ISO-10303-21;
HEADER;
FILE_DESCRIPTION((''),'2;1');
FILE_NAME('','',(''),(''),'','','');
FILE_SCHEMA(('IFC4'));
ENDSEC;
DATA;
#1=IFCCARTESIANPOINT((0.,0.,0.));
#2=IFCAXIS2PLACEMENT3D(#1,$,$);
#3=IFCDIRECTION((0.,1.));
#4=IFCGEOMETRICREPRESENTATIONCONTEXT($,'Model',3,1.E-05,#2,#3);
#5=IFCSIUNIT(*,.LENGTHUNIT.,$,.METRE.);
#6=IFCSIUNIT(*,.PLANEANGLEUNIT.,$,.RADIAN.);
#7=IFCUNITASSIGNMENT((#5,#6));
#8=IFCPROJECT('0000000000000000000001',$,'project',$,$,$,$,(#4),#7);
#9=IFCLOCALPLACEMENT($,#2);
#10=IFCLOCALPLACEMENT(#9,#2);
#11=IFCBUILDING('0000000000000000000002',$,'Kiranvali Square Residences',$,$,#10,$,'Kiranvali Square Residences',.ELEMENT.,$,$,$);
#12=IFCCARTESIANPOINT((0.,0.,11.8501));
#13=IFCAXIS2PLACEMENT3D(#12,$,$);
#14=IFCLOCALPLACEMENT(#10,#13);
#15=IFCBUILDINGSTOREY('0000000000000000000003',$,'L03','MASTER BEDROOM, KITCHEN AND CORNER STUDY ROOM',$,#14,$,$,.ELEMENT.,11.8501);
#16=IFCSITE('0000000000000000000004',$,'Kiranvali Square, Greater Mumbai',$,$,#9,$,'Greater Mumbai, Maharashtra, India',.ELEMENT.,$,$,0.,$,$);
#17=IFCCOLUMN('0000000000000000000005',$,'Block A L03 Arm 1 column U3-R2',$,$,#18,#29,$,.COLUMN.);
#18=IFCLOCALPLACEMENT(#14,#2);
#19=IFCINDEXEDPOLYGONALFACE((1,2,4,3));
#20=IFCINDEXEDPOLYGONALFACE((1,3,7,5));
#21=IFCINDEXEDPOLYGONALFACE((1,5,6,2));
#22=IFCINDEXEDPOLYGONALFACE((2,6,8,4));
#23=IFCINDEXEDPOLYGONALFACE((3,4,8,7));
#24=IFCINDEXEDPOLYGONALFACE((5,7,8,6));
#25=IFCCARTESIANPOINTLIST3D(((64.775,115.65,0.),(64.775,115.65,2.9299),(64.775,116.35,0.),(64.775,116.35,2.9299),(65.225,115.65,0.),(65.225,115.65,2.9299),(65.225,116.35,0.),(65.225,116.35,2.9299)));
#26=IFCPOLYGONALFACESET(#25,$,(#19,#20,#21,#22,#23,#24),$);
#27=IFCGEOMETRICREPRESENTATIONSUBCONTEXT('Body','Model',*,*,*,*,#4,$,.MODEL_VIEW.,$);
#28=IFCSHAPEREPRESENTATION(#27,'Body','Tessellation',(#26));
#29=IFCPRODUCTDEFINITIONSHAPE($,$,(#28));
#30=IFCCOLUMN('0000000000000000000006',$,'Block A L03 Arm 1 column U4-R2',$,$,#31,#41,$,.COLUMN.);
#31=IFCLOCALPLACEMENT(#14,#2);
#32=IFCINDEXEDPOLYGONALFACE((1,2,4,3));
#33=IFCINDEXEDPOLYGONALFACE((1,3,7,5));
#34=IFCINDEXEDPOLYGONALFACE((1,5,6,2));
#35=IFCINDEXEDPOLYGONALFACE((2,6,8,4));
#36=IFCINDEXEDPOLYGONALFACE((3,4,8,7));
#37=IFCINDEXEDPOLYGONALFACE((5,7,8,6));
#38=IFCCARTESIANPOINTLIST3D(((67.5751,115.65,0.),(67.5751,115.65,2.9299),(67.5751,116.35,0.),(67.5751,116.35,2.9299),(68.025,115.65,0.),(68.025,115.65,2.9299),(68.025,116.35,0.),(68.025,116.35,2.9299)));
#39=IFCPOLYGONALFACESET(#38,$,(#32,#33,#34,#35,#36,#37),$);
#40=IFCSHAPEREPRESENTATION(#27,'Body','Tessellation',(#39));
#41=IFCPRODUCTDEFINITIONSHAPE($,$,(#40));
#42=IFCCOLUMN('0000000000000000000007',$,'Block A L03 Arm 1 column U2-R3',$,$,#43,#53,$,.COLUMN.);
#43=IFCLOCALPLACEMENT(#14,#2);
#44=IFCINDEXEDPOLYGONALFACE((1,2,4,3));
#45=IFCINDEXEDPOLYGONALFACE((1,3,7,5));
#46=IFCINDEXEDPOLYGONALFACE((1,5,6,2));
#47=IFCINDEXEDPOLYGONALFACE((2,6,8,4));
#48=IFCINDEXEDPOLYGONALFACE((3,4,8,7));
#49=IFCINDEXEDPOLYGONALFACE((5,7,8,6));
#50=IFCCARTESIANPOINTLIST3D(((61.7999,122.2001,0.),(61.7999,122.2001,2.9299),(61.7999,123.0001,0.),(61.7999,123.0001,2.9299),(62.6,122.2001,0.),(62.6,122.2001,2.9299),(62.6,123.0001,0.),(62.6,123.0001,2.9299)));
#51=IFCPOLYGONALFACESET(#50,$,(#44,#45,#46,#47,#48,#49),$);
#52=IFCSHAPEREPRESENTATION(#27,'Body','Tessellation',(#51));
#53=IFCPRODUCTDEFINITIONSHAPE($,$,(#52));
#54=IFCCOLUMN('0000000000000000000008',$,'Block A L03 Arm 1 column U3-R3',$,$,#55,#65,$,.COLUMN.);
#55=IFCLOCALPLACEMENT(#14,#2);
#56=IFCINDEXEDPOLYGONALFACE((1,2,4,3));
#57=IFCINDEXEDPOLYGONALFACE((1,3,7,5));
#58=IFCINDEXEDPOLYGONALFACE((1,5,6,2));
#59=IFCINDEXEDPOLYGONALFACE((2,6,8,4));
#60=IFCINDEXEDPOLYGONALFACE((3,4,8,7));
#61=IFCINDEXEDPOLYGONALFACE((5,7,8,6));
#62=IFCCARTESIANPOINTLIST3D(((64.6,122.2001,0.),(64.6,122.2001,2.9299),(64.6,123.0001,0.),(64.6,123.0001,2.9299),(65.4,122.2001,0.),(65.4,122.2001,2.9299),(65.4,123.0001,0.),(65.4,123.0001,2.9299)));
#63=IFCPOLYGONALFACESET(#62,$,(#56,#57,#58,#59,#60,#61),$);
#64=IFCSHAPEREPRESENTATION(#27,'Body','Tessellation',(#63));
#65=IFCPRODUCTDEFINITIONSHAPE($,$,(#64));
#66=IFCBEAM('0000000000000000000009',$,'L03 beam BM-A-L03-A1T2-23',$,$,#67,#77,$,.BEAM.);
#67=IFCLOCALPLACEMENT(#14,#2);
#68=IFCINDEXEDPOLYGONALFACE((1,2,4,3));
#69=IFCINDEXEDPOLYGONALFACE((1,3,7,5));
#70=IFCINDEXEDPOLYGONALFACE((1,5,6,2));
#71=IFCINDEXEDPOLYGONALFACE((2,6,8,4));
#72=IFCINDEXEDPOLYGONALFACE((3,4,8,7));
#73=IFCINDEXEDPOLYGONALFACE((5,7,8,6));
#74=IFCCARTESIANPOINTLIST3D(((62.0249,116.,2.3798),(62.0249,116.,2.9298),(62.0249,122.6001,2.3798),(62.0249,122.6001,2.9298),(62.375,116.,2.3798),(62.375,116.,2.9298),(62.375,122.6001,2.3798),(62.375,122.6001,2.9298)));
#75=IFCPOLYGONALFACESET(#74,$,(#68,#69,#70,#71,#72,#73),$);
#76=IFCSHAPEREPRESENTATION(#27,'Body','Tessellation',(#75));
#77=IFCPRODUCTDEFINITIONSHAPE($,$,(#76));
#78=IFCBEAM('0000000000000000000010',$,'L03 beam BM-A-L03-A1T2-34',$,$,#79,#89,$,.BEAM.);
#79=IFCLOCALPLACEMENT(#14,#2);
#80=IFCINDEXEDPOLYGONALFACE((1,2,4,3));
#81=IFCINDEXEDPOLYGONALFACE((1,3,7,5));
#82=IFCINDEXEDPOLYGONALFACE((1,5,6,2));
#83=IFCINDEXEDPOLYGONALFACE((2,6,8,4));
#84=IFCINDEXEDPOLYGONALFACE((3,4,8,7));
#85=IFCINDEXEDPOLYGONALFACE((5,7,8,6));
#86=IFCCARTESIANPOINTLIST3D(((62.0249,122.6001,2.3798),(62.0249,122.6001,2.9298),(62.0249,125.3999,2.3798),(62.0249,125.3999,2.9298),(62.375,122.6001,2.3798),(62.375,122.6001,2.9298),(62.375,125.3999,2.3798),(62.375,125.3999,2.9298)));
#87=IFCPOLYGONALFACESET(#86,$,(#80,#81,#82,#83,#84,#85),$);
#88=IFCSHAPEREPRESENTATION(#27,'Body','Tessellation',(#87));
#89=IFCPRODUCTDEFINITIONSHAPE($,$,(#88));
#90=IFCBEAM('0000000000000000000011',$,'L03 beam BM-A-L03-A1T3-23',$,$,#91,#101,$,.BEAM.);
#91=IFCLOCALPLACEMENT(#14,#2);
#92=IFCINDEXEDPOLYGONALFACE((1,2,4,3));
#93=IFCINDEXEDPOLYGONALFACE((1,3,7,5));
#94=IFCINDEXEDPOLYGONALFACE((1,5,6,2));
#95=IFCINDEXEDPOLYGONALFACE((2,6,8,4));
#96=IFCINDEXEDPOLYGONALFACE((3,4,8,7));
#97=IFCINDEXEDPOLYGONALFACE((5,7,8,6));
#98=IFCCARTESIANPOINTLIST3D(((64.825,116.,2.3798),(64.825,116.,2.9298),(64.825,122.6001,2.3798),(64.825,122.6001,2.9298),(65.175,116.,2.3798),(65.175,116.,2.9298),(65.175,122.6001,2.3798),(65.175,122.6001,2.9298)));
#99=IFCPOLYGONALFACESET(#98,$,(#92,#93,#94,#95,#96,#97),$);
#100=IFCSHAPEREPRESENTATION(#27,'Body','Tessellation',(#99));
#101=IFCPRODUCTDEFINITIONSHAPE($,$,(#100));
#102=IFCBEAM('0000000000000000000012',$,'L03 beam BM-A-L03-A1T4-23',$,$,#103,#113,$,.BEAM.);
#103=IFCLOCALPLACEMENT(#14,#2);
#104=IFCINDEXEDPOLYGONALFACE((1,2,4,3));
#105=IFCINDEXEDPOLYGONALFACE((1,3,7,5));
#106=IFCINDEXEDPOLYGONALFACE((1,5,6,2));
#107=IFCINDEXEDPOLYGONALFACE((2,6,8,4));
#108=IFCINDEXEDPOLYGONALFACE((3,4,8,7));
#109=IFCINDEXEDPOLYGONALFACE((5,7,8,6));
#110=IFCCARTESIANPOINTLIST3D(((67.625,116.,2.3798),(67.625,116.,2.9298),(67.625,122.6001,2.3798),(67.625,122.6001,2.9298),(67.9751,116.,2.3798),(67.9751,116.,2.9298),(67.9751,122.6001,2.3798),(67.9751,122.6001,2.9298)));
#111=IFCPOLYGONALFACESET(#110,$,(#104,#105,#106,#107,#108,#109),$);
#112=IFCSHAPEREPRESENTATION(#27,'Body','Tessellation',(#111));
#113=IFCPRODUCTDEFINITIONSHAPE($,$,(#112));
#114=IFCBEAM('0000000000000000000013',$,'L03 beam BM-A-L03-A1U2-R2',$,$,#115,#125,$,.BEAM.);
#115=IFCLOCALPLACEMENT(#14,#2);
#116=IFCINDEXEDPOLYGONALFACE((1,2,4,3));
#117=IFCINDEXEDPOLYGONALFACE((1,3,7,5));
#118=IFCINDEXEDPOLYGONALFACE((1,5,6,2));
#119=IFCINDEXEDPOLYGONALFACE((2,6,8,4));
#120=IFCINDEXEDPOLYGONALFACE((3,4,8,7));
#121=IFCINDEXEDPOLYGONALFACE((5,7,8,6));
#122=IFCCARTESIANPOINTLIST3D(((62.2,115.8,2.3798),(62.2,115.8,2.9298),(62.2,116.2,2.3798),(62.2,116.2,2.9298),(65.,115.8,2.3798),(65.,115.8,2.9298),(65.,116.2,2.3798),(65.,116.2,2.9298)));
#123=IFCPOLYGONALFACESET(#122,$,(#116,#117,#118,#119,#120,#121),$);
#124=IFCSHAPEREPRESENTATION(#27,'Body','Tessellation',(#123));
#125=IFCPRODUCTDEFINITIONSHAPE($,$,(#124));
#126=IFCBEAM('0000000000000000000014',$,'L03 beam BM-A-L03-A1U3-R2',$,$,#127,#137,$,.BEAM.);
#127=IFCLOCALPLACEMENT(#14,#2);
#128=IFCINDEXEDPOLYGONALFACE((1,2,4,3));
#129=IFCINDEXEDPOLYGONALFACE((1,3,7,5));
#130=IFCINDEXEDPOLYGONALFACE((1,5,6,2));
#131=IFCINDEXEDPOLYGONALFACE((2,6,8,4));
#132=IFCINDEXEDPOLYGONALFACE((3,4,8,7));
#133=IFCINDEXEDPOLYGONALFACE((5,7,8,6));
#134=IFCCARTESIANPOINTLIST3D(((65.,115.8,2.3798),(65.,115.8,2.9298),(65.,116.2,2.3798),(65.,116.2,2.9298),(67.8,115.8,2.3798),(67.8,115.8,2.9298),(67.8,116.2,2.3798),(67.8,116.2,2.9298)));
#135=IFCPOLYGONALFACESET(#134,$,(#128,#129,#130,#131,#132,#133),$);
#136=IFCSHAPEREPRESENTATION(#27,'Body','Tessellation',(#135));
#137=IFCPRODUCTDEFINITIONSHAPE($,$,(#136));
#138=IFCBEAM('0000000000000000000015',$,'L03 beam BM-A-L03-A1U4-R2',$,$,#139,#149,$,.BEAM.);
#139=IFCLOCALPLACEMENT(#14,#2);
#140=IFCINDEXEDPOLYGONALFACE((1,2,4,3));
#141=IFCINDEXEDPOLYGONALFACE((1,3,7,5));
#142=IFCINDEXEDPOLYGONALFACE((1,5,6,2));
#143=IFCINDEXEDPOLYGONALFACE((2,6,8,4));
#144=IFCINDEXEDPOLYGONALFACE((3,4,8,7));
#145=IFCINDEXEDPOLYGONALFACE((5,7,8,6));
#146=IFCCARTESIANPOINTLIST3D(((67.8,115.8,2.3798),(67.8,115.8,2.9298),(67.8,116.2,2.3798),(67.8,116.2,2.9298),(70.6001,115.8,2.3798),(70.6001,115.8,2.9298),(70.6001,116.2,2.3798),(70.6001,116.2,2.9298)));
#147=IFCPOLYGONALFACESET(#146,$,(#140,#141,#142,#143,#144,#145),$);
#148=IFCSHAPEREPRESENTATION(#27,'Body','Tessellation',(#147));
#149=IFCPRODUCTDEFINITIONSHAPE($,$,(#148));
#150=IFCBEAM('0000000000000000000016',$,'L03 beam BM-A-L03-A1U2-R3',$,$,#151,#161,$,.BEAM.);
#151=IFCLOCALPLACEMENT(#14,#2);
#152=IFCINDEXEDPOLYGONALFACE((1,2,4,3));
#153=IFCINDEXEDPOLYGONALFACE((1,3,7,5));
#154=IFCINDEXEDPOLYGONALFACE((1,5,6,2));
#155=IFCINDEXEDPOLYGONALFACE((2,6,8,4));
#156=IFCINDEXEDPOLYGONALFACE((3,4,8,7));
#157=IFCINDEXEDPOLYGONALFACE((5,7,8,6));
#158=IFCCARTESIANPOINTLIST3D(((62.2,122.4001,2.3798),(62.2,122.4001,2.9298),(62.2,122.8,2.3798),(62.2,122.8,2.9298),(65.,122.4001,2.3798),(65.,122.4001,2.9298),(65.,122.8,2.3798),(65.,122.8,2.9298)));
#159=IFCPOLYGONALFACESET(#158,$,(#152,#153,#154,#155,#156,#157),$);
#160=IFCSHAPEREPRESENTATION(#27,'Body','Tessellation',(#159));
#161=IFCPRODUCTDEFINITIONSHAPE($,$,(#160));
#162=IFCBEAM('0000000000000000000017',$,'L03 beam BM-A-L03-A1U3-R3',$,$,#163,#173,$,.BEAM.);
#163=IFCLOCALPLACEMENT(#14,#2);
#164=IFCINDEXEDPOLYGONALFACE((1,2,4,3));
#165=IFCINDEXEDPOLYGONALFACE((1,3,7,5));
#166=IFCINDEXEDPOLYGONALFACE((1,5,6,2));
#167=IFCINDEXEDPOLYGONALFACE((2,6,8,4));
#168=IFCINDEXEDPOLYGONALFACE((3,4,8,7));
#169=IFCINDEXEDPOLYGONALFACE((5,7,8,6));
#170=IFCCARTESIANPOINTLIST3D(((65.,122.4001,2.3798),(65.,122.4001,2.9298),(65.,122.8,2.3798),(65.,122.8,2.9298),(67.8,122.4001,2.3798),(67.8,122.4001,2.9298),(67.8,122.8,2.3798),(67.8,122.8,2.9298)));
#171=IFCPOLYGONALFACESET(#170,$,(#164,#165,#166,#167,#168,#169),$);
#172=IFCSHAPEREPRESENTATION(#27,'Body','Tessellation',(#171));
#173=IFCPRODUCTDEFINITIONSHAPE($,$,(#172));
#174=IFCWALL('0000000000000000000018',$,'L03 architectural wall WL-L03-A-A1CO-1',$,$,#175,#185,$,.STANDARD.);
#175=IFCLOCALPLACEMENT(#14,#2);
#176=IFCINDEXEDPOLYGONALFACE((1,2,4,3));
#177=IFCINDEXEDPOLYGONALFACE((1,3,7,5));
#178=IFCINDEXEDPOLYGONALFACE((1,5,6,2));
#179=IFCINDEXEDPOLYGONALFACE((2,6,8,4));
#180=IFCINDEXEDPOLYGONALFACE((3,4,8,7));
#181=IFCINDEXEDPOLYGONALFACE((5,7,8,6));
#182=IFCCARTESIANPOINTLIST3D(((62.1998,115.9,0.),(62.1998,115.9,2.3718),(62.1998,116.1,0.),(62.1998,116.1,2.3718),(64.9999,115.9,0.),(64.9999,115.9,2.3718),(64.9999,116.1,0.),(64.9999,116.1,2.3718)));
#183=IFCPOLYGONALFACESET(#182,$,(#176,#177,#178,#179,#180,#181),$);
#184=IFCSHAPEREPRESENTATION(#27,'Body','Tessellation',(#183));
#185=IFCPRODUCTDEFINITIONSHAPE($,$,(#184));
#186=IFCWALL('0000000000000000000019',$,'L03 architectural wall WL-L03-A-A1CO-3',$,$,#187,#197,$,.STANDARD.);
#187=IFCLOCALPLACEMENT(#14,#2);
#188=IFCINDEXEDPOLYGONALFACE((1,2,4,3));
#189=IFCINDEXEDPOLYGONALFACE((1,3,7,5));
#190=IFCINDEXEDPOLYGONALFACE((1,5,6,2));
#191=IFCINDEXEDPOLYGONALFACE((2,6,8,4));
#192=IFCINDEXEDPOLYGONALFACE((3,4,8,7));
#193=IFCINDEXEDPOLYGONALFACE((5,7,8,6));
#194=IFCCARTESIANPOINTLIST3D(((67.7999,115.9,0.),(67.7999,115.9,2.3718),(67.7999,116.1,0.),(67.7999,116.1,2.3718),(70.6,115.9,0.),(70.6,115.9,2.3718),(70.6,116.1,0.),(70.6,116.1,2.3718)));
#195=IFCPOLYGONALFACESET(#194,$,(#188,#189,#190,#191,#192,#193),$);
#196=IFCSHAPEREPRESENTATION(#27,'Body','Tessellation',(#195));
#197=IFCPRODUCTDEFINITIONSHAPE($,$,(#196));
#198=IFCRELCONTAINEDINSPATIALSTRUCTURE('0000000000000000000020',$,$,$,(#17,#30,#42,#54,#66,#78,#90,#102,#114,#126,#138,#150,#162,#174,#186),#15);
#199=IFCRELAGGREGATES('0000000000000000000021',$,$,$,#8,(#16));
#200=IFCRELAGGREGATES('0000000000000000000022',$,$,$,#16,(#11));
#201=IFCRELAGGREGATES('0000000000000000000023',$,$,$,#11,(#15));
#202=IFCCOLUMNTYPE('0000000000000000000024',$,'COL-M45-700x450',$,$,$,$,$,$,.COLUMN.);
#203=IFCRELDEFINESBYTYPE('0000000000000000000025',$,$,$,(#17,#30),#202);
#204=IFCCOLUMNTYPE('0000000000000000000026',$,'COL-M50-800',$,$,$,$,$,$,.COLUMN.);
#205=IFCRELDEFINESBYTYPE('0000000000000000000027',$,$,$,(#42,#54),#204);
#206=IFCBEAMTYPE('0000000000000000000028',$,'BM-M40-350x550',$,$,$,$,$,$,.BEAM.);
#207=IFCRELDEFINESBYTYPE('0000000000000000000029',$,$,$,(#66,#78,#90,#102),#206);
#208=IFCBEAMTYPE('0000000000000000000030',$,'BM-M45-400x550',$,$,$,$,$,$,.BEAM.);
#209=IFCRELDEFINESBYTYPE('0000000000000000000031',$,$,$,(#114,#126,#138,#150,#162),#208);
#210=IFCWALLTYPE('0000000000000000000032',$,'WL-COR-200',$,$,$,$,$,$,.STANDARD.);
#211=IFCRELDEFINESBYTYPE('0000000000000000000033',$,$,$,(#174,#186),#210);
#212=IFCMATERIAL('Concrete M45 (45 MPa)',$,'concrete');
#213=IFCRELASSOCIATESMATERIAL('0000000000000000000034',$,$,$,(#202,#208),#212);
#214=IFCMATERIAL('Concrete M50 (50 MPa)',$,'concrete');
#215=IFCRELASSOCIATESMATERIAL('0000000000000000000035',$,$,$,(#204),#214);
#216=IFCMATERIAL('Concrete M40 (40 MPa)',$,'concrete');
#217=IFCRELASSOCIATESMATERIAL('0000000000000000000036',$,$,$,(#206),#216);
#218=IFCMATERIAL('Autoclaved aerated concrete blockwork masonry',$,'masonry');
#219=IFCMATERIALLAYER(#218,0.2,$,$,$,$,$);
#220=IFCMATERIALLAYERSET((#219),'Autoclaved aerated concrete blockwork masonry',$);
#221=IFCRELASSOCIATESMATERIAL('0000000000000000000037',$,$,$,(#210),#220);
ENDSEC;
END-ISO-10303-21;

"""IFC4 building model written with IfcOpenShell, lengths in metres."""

from ifc_helpers import new_model, si_unit, direction, frame, frame_2d, origin, origin_2d, place, context, subcontext, project, spatial, rectangle, extrude, material, layer, layer_set, material_profile, profile_set, type_object, element, save


model = new_model("IFC4")

# Units and contexts
model_context = context("Model", 3, precision=1e-05, world=origin(), true_north=direction((0.0, 1.0)))
body_context = subcontext(model_context, "Body", "Model", "MODEL_VIEW")
ifc_project = project(units=[si_unit("LENGTHUNIT", "METRE"), si_unit("PLANEANGLEUNIT", "RADIAN")], contexts=[model_context])

# Site, building, storey
site_placement = place(None, origin())
site = spatial("IfcSite", under=ifc_project, at=site_placement, Name="Kiranvali Square, Greater Mumbai", LongName="Greater Mumbai, Maharashtra, India", CompositionType="ELEMENT", RefElevation=0.0)
building_placement = place(site_placement, origin())
building = spatial("IfcBuilding", under=site, at=building_placement, Name="Kiranvali Square Residences", LongName="Kiranvali Square Residences", CompositionType="ELEMENT")
storey_placement = place(building_placement, frame((0.0, 0.0, 11.8501)))
storey = spatial("IfcBuildingStorey", under=building, at=storey_placement, Name="L03", Description="MASTER BEDROOM, KITCHEN AND CORNER STUDY ROOM", CompositionType="ELEMENT", Elevation=11.8501)

# Columns
ifc_material_1 = material(Name="Concrete M45 (45 MPa)", Category="concrete")
ifc_material_profile_1 = material_profile(ifc_material_1, rectangle(XDim=0.45, YDim=0.7, at=origin_2d()), Name="RC 700x450")
ifc_profile_set_1 = profile_set([ifc_material_profile_1], Name="Concrete M45 (45 MPa)")
column_type_1 = type_object("IfcColumnType", Name="COL-M45-700x450", PredefinedType="COLUMN", material=ifc_profile_set_1)
for number, where, z_axis, x_axis, name in (
    (1, (65.0, 116.0, 0.0), (0.0, 0.0, 1.0), (1.0, 0.0, 0.0), "Block A L03 Arm 1 column U3-R2"),
    (2, (67.8, 116.0, 0.0), (0.0, 0.0, 1.0), (1.0, 0.0, 0.0), "Block A L03 Arm 1 column U4-R2"),
):
    element("IfcColumn", number, at=place(storey_placement, frame(where, z_axis=z_axis, x_axis=x_axis)), inside=storey, type_object=column_type_1, Name=name, PredefinedType="COLUMN", context=body_context, shape_type="SweptSolid", body=[
        extrude(rectangle(XDim=0.45, YDim=0.7, at=origin_2d()), origin(), (0.0, 0.0, 1.0), 2.9299),
    ])
ifc_material_2 = material(Name="Concrete M50 (50 MPa)", Category="concrete")
ifc_material_profile_2 = material_profile(ifc_material_2, rectangle(XDim=0.8, YDim=0.8, at=origin_2d()), Name="RC 800x800")
ifc_profile_set_2 = profile_set([ifc_material_profile_2], Name="Concrete M50 (50 MPa)")
column_type_2 = type_object("IfcColumnType", Name="COL-M50-800", PredefinedType="COLUMN", material=ifc_profile_set_2)
for number, where, z_axis, x_axis, name in (
    (3, (62.2, 122.6001, 0.0), (0.0, 0.0, 1.0), (1.0, 0.0, 0.0), "Block A L03 Arm 1 column U2-R3"),
    (4, (65.0, 122.6001, 0.0), (0.0, 0.0, 1.0), (1.0, 0.0, 0.0), "Block A L03 Arm 1 column U3-R3"),
):
    element("IfcColumn", number, at=place(storey_placement, frame(where, z_axis=z_axis, x_axis=x_axis)), inside=storey, type_object=column_type_2, Name=name, PredefinedType="COLUMN", context=body_context, shape_type="SweptSolid", body=[
        extrude(rectangle(XDim=0.8, YDim=0.8, at=origin_2d()), origin(), (0.0, 0.0, 1.0), 2.9299),
    ])

# Beams
ifc_material_3 = material(Name="Concrete M40 (40 MPa)", Category="concrete")
ifc_material_profile_3 = material_profile(ifc_material_3, rectangle(XDim=0.3501, YDim=0.55, at=origin_2d()), Name="RC 350x550")
ifc_profile_set_3 = profile_set([ifc_material_profile_3], Name="Concrete M40 (40 MPa)")
beam_type_1 = type_object("IfcBeamType", Name="BM-M40-350x550", PredefinedType="BEAM", material=ifc_profile_set_3)
beam_1_placement = place(storey_placement, frame((62.2, 116.0, 2.6548), z_axis=(0.0, 1.0, 0.0), x_axis=(-1.0, 0.0, 0.0)))
element("IfcBeam", 5, at=beam_1_placement, inside=storey, type_object=beam_type_1, Name="L03 beam BM-A-L03-A1T2-23", PredefinedType="BEAM", context=body_context, shape_type="SweptSolid", body=[
    extrude(rectangle(XDim=0.3501, YDim=0.55, at=origin_2d()), origin(), (0.0, 0.0, 1.0), 6.6001),
])
beam_2_placement = place(storey_placement, frame((62.2, 122.6001, 2.6548), z_axis=(0.0, 1.0, 0.0), x_axis=(-1.0, 0.0, 0.0)))
element("IfcBeam", 6, at=beam_2_placement, inside=storey, type_object=beam_type_1, Name="L03 beam BM-A-L03-A1T2-34", PredefinedType="BEAM", context=body_context, shape_type="SweptSolid", body=[
    extrude(rectangle(XDim=0.3501, YDim=0.55, at=origin_2d()), origin(), (0.0, 0.0, 1.0), 2.7998),
])
for number, where, z_axis, x_axis, name in (
    (7, (65.0, 116.0, 2.6548), (0.0, 1.0, 0.0), (-1.0, 0.0, 0.0), "L03 beam BM-A-L03-A1T3-23"),
    (8, (67.8, 116.0, 2.6548), (0.0, 1.0, 0.0), (-1.0, 0.0, 0.0), "L03 beam BM-A-L03-A1T4-23"),
):
    element("IfcBeam", number, at=place(storey_placement, frame(where, z_axis=z_axis, x_axis=x_axis)), inside=storey, type_object=beam_type_1, Name=name, PredefinedType="BEAM", context=body_context, shape_type="SweptSolid", body=[
        extrude(rectangle(XDim=0.3501, YDim=0.55, at=origin_2d()), origin(), (0.0, 0.0, 1.0), 6.6001),
    ])
ifc_material_profile_4 = material_profile(ifc_material_1, rectangle(XDim=0.3999, YDim=0.55, at=origin_2d()), Name="RC 400x550")
ifc_profile_set_4 = profile_set([ifc_material_profile_4], Name="Concrete M45 (45 MPa)")
beam_type_2 = type_object("IfcBeamType", Name="BM-M45-400x550", PredefinedType="BEAM", material=ifc_profile_set_4)
for number, where, z_axis, x_axis, name in (
    (9, (62.2, 116.0, 2.6548), (1.0, 0.0, 0.0), (0.0, 1.0, 0.0), "L03 beam BM-A-L03-A1U2-R2"),
    (10, (65.0, 116.0, 2.6548), (1.0, 0.0, 0.0), (0.0, 1.0, 0.0), "L03 beam BM-A-L03-A1U3-R2"),
    (11, (67.8, 116.0, 2.6548), (1.0, 0.0, 0.0), (0.0, 1.0, 0.0), "L03 beam BM-A-L03-A1U4-R2"),
    (12, (62.2, 122.6001, 2.6548), (1.0, 0.0, 0.0), (0.0, 1.0, 0.0), "L03 beam BM-A-L03-A1U2-R3"),
    (13, (65.0, 122.6001, 2.6548), (1.0, 0.0, 0.0), (0.0, 1.0, 0.0), "L03 beam BM-A-L03-A1U3-R3"),
):
    element("IfcBeam", number, at=place(storey_placement, frame(where, z_axis=z_axis, x_axis=x_axis)), inside=storey, type_object=beam_type_2, Name=name, PredefinedType="BEAM", context=body_context, shape_type="SweptSolid", body=[
        extrude(rectangle(XDim=0.3999, YDim=0.55, at=origin_2d()), origin(), (0.0, 0.0, 1.0), 2.8),
    ])

# Wall
ifc_material_4 = material(Name="Autoclaved aerated concrete blockwork masonry", Category="masonry")
ifc_layer_1 = layer(ifc_material_4, 0.2)
ifc_layer_set_1 = layer_set([ifc_layer_1], Name="Autoclaved aerated concrete blockwork masonry")
wall_type_1 = type_object("IfcWallType", Name="WL-COR-200", PredefinedType="STANDARD", material=ifc_layer_set_1)
wall_1_placement = place(storey_placement, frame((62.2, 116.0, 0.0), z_axis=(0.0, 0.0, 1.0), x_axis=(1.0, 0.0, 0.0)))
element("IfcWall", 14, at=wall_1_placement, inside=storey, type_object=wall_type_1, Name="L03 architectural wall WL-L03-A-A1CO-1", PredefinedType="STANDARD", context=body_context, shape_type="SweptSolid", body=[
    extrude(rectangle(XDim=2.8, YDim=0.2, at=frame_2d((1.3999, 0.0))), origin(), (0.0, 0.0, 1.0), 2.3718),
])

# Wall
wall_2_placement = place(storey_placement, frame((67.8, 116.0, 0.0), z_axis=(0.0, 0.0, 1.0), x_axis=(1.0, 0.0, 0.0)))
element("IfcWall", 15, at=wall_2_placement, inside=storey, type_object=wall_type_1, Name="L03 architectural wall WL-L03-A-A1CO-3", PredefinedType="STANDARD", context=body_context, shape_type="SweptSolid", body=[
    extrude(rectangle(XDim=2.8, YDim=0.2, at=frame_2d((1.3999, 0.0))), origin(), (0.0, 0.0, 1.0), 2.3718),
])

save(model, "model.ifc")
